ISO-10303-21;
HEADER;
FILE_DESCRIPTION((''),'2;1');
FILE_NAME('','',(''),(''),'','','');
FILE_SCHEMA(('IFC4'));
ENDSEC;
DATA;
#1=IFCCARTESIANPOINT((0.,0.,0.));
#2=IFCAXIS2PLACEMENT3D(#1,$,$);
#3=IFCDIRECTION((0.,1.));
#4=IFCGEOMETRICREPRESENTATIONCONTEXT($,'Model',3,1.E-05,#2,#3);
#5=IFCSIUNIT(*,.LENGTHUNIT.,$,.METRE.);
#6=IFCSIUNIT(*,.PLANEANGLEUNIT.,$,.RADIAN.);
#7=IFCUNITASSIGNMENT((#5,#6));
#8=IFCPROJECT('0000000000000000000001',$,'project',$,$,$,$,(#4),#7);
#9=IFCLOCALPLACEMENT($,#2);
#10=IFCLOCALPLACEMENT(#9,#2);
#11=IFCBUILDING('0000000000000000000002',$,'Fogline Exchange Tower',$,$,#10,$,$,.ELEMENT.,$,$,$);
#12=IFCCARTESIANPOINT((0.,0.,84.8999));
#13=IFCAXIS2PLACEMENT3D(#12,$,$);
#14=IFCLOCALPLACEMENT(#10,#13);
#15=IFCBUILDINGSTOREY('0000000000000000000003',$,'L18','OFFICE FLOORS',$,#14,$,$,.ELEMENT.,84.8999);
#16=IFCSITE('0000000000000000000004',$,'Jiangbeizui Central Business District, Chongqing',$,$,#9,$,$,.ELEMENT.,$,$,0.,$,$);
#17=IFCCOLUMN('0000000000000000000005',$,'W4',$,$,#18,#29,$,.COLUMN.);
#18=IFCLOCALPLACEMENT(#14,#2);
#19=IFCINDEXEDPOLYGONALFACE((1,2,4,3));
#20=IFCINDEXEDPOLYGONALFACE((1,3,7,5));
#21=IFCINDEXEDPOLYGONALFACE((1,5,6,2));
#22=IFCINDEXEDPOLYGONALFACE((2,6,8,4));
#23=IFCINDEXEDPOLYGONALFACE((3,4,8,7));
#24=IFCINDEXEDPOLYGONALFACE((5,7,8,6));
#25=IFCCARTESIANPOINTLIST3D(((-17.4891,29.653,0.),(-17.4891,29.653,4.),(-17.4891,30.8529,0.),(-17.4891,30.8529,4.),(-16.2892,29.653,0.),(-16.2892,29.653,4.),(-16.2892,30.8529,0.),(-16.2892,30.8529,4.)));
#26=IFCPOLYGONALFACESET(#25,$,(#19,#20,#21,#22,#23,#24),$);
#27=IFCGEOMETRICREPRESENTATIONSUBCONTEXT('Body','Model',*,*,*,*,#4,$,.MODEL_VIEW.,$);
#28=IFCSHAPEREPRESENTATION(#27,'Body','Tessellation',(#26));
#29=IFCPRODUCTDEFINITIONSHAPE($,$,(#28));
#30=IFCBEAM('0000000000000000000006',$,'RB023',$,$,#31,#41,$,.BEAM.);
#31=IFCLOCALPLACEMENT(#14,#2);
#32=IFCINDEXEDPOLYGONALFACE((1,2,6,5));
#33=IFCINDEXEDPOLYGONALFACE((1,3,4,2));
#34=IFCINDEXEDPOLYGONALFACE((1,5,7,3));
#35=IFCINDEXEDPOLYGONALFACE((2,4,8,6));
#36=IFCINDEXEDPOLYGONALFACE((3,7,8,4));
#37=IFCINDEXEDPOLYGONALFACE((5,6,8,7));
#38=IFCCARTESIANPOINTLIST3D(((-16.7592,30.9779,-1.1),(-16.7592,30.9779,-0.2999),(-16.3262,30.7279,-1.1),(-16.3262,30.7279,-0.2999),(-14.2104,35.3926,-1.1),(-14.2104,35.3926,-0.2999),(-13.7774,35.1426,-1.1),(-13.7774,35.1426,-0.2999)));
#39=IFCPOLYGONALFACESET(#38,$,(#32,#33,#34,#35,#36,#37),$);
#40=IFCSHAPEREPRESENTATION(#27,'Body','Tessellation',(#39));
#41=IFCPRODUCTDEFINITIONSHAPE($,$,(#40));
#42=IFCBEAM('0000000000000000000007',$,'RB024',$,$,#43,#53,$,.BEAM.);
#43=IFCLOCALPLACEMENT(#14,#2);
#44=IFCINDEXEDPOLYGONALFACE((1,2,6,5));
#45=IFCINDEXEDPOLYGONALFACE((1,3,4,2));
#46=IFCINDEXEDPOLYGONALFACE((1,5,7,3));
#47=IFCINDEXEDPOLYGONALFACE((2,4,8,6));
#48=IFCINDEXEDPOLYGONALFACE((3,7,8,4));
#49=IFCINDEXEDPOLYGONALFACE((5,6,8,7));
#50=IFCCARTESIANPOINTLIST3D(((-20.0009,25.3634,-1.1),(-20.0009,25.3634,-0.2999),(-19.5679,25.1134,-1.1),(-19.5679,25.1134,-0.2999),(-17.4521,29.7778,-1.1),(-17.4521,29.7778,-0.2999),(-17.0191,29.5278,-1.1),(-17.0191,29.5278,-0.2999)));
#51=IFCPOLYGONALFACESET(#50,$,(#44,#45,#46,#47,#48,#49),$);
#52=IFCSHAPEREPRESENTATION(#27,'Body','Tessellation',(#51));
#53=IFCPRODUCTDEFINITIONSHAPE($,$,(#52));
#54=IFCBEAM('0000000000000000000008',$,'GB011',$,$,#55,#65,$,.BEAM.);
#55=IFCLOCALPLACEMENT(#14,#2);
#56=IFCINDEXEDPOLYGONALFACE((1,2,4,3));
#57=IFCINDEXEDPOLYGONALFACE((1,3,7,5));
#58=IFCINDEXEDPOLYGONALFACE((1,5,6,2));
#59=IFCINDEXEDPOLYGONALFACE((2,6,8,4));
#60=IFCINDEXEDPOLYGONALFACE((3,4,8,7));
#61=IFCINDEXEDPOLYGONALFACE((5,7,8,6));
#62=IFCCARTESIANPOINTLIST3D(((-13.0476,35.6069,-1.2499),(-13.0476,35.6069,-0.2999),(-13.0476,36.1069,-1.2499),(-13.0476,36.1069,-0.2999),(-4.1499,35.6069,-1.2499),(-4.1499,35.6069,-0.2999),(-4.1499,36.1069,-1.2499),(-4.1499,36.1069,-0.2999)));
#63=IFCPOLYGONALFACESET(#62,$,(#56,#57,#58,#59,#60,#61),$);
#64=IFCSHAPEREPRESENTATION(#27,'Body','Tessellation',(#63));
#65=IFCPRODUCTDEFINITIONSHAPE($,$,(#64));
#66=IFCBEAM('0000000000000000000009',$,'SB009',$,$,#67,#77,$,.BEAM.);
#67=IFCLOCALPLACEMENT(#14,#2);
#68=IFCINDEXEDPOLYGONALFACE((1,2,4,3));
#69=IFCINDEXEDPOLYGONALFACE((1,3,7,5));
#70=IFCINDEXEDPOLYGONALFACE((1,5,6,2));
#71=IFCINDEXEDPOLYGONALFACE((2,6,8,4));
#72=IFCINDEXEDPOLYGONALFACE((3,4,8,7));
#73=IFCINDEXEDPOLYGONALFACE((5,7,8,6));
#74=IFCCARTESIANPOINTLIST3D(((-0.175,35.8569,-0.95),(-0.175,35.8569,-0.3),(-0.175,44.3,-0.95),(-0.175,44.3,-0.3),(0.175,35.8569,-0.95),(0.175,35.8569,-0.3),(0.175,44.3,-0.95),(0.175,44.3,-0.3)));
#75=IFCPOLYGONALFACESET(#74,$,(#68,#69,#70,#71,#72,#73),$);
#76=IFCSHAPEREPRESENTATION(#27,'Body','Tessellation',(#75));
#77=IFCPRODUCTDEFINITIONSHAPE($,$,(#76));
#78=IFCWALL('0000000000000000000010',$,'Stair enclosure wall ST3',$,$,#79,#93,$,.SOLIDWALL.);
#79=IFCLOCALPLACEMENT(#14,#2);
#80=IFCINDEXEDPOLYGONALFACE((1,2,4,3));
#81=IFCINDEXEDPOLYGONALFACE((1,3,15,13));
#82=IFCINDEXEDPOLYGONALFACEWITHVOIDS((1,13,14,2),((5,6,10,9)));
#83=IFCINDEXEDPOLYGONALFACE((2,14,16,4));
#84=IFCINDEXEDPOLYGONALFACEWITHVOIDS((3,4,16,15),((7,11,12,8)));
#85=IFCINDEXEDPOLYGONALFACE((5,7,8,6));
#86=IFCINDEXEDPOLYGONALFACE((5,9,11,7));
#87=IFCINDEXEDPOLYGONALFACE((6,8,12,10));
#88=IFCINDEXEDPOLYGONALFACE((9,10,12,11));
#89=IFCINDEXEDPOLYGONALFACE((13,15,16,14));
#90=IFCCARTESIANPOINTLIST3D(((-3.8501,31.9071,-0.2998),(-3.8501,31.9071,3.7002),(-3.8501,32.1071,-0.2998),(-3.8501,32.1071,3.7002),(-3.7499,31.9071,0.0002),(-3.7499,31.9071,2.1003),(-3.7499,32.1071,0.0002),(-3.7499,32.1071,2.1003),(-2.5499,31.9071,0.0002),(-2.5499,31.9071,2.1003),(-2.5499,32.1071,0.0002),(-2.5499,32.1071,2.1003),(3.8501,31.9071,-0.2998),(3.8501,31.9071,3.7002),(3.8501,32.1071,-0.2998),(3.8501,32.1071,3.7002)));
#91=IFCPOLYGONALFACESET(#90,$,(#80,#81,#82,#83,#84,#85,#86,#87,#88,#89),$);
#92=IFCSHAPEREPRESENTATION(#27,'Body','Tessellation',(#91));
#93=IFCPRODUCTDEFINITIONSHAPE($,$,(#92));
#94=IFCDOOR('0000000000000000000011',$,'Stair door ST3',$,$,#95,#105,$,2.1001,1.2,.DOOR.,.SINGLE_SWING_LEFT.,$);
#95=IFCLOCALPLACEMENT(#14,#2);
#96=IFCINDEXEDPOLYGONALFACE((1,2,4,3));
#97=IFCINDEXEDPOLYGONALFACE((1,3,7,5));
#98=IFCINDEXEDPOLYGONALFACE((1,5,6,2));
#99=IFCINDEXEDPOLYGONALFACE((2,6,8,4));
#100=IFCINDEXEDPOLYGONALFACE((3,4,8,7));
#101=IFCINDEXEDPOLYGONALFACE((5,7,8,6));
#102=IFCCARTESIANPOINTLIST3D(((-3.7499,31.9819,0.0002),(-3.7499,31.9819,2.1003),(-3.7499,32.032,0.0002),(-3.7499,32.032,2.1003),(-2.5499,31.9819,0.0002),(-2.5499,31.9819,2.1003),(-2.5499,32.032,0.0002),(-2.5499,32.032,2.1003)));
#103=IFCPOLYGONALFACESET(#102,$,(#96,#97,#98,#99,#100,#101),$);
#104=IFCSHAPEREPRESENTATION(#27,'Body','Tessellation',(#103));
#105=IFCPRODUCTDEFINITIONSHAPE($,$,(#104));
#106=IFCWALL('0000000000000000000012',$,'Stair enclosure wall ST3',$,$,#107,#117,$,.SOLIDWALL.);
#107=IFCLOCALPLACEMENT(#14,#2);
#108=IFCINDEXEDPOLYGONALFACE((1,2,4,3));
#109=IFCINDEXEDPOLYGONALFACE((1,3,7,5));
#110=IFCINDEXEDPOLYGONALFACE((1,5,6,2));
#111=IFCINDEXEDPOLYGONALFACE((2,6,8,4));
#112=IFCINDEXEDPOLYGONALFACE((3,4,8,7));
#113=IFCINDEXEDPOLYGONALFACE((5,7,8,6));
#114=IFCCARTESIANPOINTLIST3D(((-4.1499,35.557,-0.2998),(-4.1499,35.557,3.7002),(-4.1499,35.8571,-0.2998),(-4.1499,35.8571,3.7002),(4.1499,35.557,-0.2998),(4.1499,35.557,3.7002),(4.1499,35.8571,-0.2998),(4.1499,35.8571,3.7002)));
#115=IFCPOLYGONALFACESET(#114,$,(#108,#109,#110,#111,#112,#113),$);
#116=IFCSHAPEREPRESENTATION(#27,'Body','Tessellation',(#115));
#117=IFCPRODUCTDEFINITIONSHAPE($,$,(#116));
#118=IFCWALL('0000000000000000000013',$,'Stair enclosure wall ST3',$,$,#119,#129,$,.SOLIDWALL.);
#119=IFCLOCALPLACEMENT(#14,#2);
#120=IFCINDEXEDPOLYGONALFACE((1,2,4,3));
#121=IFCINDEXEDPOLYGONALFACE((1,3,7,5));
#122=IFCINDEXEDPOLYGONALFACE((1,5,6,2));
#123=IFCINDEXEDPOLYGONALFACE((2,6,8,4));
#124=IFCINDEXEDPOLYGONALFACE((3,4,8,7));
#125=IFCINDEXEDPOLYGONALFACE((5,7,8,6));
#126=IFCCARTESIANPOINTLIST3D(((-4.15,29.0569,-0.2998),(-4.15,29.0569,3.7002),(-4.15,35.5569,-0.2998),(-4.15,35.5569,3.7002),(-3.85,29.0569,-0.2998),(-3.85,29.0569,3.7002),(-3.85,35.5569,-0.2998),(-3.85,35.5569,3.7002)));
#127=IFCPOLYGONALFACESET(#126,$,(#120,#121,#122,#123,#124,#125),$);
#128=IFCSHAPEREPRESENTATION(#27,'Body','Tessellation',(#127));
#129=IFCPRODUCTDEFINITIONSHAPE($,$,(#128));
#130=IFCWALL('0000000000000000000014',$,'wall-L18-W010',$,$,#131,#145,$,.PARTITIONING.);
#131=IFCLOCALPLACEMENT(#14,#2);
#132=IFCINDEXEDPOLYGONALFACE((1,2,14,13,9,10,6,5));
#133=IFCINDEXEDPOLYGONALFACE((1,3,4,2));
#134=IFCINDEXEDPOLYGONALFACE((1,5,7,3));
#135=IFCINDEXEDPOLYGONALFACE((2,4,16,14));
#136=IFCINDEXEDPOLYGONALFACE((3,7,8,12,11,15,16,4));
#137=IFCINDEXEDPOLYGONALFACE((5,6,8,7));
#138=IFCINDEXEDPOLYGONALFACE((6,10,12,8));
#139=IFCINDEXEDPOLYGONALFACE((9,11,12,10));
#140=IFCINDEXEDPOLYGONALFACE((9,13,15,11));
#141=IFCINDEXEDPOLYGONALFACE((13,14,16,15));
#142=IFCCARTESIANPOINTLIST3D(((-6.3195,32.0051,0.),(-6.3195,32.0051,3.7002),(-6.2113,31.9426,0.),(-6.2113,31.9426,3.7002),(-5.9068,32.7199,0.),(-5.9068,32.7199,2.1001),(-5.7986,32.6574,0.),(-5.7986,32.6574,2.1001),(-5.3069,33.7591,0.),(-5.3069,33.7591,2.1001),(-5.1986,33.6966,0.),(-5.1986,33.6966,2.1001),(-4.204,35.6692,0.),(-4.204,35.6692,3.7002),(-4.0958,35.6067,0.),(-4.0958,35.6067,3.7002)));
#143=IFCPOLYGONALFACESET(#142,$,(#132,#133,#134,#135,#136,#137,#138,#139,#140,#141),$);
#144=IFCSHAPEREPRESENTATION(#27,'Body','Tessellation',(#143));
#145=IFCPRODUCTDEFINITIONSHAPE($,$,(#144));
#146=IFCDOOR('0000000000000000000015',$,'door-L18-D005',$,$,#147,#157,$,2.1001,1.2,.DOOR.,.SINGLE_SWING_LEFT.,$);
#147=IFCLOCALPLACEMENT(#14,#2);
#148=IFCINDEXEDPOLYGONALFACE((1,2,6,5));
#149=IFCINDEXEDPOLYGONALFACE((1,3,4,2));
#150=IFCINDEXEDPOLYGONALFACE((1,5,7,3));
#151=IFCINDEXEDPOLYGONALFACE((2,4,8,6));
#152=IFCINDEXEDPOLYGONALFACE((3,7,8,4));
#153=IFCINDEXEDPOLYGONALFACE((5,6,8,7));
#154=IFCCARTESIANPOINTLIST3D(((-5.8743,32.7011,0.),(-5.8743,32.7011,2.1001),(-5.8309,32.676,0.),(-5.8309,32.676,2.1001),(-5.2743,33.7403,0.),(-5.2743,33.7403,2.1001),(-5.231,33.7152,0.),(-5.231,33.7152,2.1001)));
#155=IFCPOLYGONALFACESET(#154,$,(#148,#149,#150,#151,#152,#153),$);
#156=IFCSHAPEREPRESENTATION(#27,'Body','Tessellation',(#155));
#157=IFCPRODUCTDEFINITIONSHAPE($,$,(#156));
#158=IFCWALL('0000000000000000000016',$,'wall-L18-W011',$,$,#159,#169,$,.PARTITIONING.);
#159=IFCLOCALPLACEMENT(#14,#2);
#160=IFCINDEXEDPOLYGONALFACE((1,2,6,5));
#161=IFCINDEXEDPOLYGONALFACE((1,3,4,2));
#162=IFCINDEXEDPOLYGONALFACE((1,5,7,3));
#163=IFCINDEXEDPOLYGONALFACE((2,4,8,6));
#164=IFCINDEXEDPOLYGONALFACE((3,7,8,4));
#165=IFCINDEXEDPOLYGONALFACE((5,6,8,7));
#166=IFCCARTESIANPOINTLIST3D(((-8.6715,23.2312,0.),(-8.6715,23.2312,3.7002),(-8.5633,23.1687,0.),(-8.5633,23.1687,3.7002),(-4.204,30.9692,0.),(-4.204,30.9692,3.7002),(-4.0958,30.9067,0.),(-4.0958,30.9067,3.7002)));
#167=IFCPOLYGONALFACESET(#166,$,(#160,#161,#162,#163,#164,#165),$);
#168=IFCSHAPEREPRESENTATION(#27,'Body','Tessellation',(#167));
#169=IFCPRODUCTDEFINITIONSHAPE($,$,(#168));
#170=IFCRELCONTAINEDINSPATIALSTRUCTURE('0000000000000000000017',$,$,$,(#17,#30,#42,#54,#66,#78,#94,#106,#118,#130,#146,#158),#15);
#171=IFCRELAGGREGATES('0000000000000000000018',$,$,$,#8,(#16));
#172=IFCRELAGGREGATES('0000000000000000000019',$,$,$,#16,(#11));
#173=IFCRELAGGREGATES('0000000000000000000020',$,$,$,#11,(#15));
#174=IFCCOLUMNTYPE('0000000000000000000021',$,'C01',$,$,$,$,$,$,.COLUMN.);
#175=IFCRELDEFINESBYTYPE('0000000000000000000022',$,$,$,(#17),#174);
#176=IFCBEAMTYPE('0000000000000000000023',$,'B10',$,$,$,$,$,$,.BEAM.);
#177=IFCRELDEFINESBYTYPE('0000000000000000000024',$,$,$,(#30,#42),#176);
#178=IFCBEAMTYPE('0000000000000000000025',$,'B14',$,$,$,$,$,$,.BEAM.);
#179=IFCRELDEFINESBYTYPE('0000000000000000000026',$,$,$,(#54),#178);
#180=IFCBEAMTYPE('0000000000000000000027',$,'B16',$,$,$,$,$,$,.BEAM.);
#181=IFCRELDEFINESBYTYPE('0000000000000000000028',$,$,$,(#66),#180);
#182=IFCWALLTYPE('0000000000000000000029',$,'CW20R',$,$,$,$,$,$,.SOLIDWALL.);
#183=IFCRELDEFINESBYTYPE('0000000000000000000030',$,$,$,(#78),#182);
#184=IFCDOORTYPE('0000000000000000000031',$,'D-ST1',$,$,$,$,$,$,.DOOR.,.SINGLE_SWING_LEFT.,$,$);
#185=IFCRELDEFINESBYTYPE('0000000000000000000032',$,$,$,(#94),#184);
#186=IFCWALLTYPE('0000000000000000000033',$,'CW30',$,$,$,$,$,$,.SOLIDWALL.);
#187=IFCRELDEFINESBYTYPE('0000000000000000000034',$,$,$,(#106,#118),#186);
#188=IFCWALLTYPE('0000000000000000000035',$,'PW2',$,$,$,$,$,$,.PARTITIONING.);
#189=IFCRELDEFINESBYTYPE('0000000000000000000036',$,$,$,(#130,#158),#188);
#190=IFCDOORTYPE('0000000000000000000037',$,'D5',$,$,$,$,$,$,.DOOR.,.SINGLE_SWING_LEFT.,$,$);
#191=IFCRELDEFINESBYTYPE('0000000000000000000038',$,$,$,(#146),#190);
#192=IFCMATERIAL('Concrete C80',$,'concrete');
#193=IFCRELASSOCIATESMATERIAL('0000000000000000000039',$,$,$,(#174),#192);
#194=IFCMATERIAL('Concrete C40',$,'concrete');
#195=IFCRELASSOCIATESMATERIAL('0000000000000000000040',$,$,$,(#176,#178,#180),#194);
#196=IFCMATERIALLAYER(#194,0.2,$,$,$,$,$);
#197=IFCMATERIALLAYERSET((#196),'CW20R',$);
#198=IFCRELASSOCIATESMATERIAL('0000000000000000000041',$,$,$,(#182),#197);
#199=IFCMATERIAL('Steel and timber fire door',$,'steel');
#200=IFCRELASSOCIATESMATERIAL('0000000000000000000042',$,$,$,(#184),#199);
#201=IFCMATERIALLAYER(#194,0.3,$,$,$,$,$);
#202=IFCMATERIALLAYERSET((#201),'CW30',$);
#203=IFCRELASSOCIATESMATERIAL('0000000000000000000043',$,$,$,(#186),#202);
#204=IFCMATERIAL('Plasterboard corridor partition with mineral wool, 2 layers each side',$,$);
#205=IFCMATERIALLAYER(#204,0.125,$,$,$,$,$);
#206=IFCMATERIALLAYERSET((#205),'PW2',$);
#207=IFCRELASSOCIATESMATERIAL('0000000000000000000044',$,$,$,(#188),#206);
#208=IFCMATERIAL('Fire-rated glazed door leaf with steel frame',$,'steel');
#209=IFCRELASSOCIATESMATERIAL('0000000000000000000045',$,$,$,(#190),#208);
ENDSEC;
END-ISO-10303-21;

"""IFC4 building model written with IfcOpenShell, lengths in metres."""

from ifc_helpers import new_model, si_unit, direction, frame, frame_2d, origin, origin_2d, place, context, subcontext, project, spatial, rectangle, extrude, material, layer, layer_set, material_profile, profile_set, type_object, element, fill, save


model = new_model("IFC4")

# Units and contexts
model_context = context("Model", 3, precision=1e-05, world=origin(), true_north=direction((0.0, 1.0)))
body_context = subcontext(model_context, "Body", "Model", "MODEL_VIEW")
ifc_project = project(units=[si_unit("LENGTHUNIT", "METRE"), si_unit("PLANEANGLEUNIT", "RADIAN")], contexts=[model_context])

# Site, building, storey
site_placement = place(None, origin())
site = spatial("IfcSite", under=ifc_project, at=site_placement, Name="Jiangbeizui Central Business District, Chongqing", CompositionType="ELEMENT", RefElevation=0.0)
building_placement = place(site_placement, origin())
building = spatial("IfcBuilding", under=site, at=building_placement, Name="Fogline Exchange Tower", CompositionType="ELEMENT")
storey_placement = place(building_placement, frame((0.0, 0.0, 84.8999)))
storey = spatial("IfcBuildingStorey", under=building, at=storey_placement, Name="L18", Description="OFFICE FLOORS", CompositionType="ELEMENT", Elevation=84.8999)

# Column
ifc_material_1 = material(Name="Concrete C80", Category="concrete")
ifc_material_profile_1 = material_profile(ifc_material_1, rectangle(XDim=1.2, YDim=1.2, at=origin_2d()), Name="RC 1200x1200")
ifc_profile_set_1 = profile_set([ifc_material_profile_1], Name="Concrete C80")
column_type = type_object("IfcColumnType", Name="C01", PredefinedType="COLUMN", material=ifc_profile_set_1)
column_placement = place(storey_placement, frame((-16.8892, 30.2529, 0.0), z_axis=(0.0, 0.0, 1.0), x_axis=(1.0, 0.0, 0.0)))
element("IfcColumn", 1, at=column_placement, inside=storey, type_object=column_type, Name="W4", PredefinedType="COLUMN", context=body_context, shape_type="SweptSolid", body=[
    extrude(rectangle(XDim=1.2, YDim=1.2, at=origin_2d()), origin(), (0.0, 0.0, 1.0), 4.0),
])

# Beams
ifc_material_2 = material(Name="Concrete C40", Category="concrete")
ifc_material_profile_2 = material_profile(ifc_material_2, rectangle(XDim=0.5, YDim=0.8, at=origin_2d()), Name="RC 500x800")
ifc_profile_set_2 = profile_set([ifc_material_profile_2], Name="Concrete C40")
beam_type_1 = type_object("IfcBeamType", Name="B10", PredefinedType="BEAM", material=ifc_profile_set_2)
beam_1_placement = place(storey_placement, frame((-13.9939, 35.2676, -0.7), z_axis=(-0.499992, -0.86603, 0.0), x_axis=(0.86603, -0.499992, 0.0)))
element("IfcBeam", 2, at=beam_1_placement, inside=storey, type_object=beam_type_1, Name="RB023", PredefinedType="BEAM", context=body_context, shape_type="SweptSolid", body=[
    extrude(rectangle(XDim=0.5, YDim=0.8, at=origin_2d()), origin(), (0.0, 0.0, 1.0), 5.0977),
])
beam_2_placement = place(storey_placement, frame((-17.2356, 29.6528, -0.7), z_axis=(-0.500013, -0.866018, 0.0), x_axis=(0.866018, -0.500013, 0.0)))
element("IfcBeam", 3, at=beam_2_placement, inside=storey, type_object=beam_type_1, Name="RB024", PredefinedType="BEAM", context=body_context, shape_type="SweptSolid", body=[
    extrude(rectangle(XDim=0.5, YDim=0.8, at=origin_2d()), origin(), (0.0, 0.0, 1.0), 5.0974),
])
ifc_material_profile_3 = material_profile(ifc_material_2, rectangle(XDim=0.5, YDim=0.95, at=origin_2d()), Name="RC 500x950")
ifc_profile_set_3 = profile_set([ifc_material_profile_3], Name="Concrete C40")
beam_type_2 = type_object("IfcBeamType", Name="B14", PredefinedType="BEAM", material=ifc_profile_set_3)
beam_3_placement = place(storey_placement, frame((-13.0476, 35.8569, -0.7749), z_axis=(1.0, 0.0, 0.0), x_axis=(0.0, 1.0, 0.0)))
element("IfcBeam", 4, at=beam_3_placement, inside=storey, type_object=beam_type_2, Name="GB011", PredefinedType="BEAM", context=body_context, shape_type="SweptSolid", body=[
    extrude(rectangle(XDim=0.5, YDim=0.95, at=origin_2d()), origin(), (0.0, 0.0, 1.0), 8.8977),
])
ifc_material_profile_4 = material_profile(ifc_material_2, rectangle(XDim=0.3501, YDim=0.6499, at=origin_2d()), Name="RC 350x650")
ifc_profile_set_4 = profile_set([ifc_material_profile_4], Name="Concrete C40")
beam_type_3 = type_object("IfcBeamType", Name="B16", PredefinedType="BEAM", material=ifc_profile_set_4)
beam_4_placement = place(storey_placement, frame((0.0, 35.8569, -0.625), z_axis=(0.0, 1.0, 0.0), x_axis=(-1.0, 0.0, 0.0)))
element("IfcBeam", 5, at=beam_4_placement, inside=storey, type_object=beam_type_3, Name="SB009", PredefinedType="BEAM", context=body_context, shape_type="SweptSolid", body=[
    extrude(rectangle(XDim=0.3501, YDim=0.6499, at=origin_2d()), origin(), (0.0, 0.0, 1.0), 8.4431),
])

# Wall, opening, door
ifc_layer_1 = layer(ifc_material_2, 0.2)
ifc_layer_set_1 = layer_set([ifc_layer_1], Name="CW20R")
wall_type_1 = type_object("IfcWallType", Name="CW20R", PredefinedType="SOLIDWALL", material=ifc_layer_set_1)
wall_1_placement = place(storey_placement, frame((-3.8501, 32.0071, -0.2998), z_axis=(0.0, 0.0, 1.0), x_axis=(1.0, 0.0, 0.0)))
wall_1 = element("IfcWall", 6, at=wall_1_placement, inside=storey, type_object=wall_type_1, Name="Stair enclosure wall ST3", PredefinedType="SOLIDWALL", context=body_context, shape_type="SweptSolid", body=[
    extrude(rectangle(XDim=7.7002, YDim=0.2, at=frame_2d((3.8501, 0.0))), origin(), (0.0, 0.0, 1.0), 4.0),
])
opening_1_placement = place(wall_1_placement, frame((0.1001, 0.0, 0.3)))
opening_1 = element("IfcOpeningElement", 7, at=opening_1_placement, cuts=wall_1, PredefinedType="OPENING", context=body_context, shape_type="SweptSolid", body=[
    extrude(rectangle(XDim=1.2, YDim=2.1001, at=frame_2d((0.6001, 1.05))), frame((0.0, 0.1099, 0.0), z_axis=(0.0, -1.0, 0.0), x_axis=(1.0, 0.0, 0.0)), (0.0, 0.0, 1.0), 0.22),
])
ifc_material_3 = material(Name="Steel and timber fire door", Category="steel")
door_type_1 = type_object("IfcDoorType", Name="D-ST1", OperationType="SINGLE_SWING_LEFT", PredefinedType="DOOR", material=ifc_material_3)
door_1_placement = place(opening_1_placement, origin())
door_1 = element("IfcDoor", 8, at=door_1_placement, inside=storey, type_object=door_type_1, Name="Stair door ST3", OperationType="SINGLE_SWING_LEFT", OverallHeight=2.1001, OverallWidth=1.2, PredefinedType="DOOR", context=body_context, shape_type="SweptSolid", body=[
    extrude(rectangle(XDim=1.2, YDim=2.1001, at=frame_2d((0.6001, 1.05))), frame((0.0, 0.0249, 0.0), z_axis=(0.0, -1.0, 0.0), x_axis=(1.0, 0.0, 0.0)), (0.0, 0.0, 1.0), 0.05),
])
fill(opening_1, door_1)

# Walls
ifc_layer_2 = layer(ifc_material_2, 0.3)
ifc_layer_set_2 = layer_set([ifc_layer_2], Name="CW30")
wall_type_2 = type_object("IfcWallType", Name="CW30", PredefinedType="SOLIDWALL", material=ifc_layer_set_2)
wall_2_placement = place(storey_placement, frame((-4.1499, 35.707, -0.2998), z_axis=(0.0, 0.0, 1.0), x_axis=(1.0, 0.0, 0.0)))
element("IfcWall", 9, at=wall_2_placement, inside=storey, type_object=wall_type_2, Name="Stair enclosure wall ST3", PredefinedType="SOLIDWALL", context=body_context, shape_type="SweptSolid", body=[
    extrude(rectangle(XDim=8.2998, YDim=0.3, at=frame_2d((4.1499, 0.0))), origin(), (0.0, 0.0, 1.0), 4.0),
])
wall_3_placement = place(storey_placement, frame((-4.0, 29.0569, -0.2998), z_axis=(0.0, 0.0, 1.0), x_axis=(0.0, 1.0, 0.0)))
element("IfcWall", 10, at=wall_3_placement, inside=storey, type_object=wall_type_2, Name="Stair enclosure wall ST3", PredefinedType="SOLIDWALL", context=body_context, shape_type="SweptSolid", body=[
    extrude(rectangle(XDim=6.5, YDim=0.3, at=frame_2d((3.25, 0.0))), origin(), (0.0, 0.0, 1.0), 4.0),
])

# Wall, opening, door
ifc_material_4 = material(Name="Plasterboard corridor partition with mineral wool, 2 layers each side")
ifc_layer_3 = layer(ifc_material_4, 0.125)
ifc_layer_set_3 = layer_set([ifc_layer_3], Name="PW2")
wall_type_3 = type_object("IfcWallType", Name="PW2", PredefinedType="PARTITIONING", material=ifc_layer_set_3)
wall_4_placement = place(storey_placement, frame((-6.2654, 31.9739, 0.0), z_axis=(0.0, 0.0, 1.0), x_axis=(0.500006, 0.866022, 0.0)))
wall_4 = element("IfcWall", 11, at=wall_4_placement, inside=storey, type_object=wall_type_3, Name="wall-L18-W010", PredefinedType="PARTITIONING", context=body_context, shape_type="SweptSolid", body=[
    extrude(rectangle(XDim=4.231, YDim=0.125, at=frame_2d((2.1155, 0.0))), origin(), (0.0, 0.0, 1.0), 3.7002),
])
opening_2_placement = place(wall_4_placement, frame((0.8252, 0.0, 0.0)))
opening_2 = element("IfcOpeningElement", 12, at=opening_2_placement, cuts=wall_4, PredefinedType="OPENING", context=body_context, shape_type="SweptSolid", body=[
    extrude(rectangle(XDim=1.2, YDim=2.1001, at=frame_2d((0.6001, 1.05))), frame((0.0, 0.0725, 0.0), z_axis=(0.0, -1.0, 0.0), x_axis=(1.0, 0.0, 0.0)), (0.0, 0.0, 1.0), 0.145),
])
ifc_material_5 = material(Name="Fire-rated glazed door leaf with steel frame", Category="steel")
door_type_2 = type_object("IfcDoorType", Name="D5", OperationType="SINGLE_SWING_LEFT", PredefinedType="DOOR", material=ifc_material_5)
door_2_placement = place(opening_2_placement, origin())
door_2 = element("IfcDoor", 13, at=door_2_placement, inside=storey, type_object=door_type_2, Name="door-L18-D005", OperationType="SINGLE_SWING_LEFT", OverallHeight=2.1001, OverallWidth=1.2, PredefinedType="DOOR", context=body_context, shape_type="SweptSolid", body=[
    extrude(rectangle(XDim=1.2, YDim=2.1001, at=frame_2d((0.6001, 1.05))), frame((0.0, 0.0249, 0.0), z_axis=(0.0, -1.0, 0.0), x_axis=(1.0, 0.0, 0.0)), (0.0, 0.0, 1.0), 0.05),
])
fill(opening_2, door_2)

# Wall
wall_5_placement = place(storey_placement, frame((-4.1499, 30.938, 0.0), z_axis=(0.0, 0.0, 1.0), x_axis=(-0.499998, -0.866027, 0.0)))
element("IfcWall", 14, at=wall_5_placement, inside=storey, type_object=wall_type_3, Name="wall-L18-W011", PredefinedType="PARTITIONING", context=body_context, shape_type="SweptSolid", body=[
    extrude(rectangle(XDim=8.9351, YDim=0.125, at=frame_2d((4.4675, 0.0))), origin(), (0.0, 0.0, 1.0), 3.7002),
])

save(model, "model.ifc")
